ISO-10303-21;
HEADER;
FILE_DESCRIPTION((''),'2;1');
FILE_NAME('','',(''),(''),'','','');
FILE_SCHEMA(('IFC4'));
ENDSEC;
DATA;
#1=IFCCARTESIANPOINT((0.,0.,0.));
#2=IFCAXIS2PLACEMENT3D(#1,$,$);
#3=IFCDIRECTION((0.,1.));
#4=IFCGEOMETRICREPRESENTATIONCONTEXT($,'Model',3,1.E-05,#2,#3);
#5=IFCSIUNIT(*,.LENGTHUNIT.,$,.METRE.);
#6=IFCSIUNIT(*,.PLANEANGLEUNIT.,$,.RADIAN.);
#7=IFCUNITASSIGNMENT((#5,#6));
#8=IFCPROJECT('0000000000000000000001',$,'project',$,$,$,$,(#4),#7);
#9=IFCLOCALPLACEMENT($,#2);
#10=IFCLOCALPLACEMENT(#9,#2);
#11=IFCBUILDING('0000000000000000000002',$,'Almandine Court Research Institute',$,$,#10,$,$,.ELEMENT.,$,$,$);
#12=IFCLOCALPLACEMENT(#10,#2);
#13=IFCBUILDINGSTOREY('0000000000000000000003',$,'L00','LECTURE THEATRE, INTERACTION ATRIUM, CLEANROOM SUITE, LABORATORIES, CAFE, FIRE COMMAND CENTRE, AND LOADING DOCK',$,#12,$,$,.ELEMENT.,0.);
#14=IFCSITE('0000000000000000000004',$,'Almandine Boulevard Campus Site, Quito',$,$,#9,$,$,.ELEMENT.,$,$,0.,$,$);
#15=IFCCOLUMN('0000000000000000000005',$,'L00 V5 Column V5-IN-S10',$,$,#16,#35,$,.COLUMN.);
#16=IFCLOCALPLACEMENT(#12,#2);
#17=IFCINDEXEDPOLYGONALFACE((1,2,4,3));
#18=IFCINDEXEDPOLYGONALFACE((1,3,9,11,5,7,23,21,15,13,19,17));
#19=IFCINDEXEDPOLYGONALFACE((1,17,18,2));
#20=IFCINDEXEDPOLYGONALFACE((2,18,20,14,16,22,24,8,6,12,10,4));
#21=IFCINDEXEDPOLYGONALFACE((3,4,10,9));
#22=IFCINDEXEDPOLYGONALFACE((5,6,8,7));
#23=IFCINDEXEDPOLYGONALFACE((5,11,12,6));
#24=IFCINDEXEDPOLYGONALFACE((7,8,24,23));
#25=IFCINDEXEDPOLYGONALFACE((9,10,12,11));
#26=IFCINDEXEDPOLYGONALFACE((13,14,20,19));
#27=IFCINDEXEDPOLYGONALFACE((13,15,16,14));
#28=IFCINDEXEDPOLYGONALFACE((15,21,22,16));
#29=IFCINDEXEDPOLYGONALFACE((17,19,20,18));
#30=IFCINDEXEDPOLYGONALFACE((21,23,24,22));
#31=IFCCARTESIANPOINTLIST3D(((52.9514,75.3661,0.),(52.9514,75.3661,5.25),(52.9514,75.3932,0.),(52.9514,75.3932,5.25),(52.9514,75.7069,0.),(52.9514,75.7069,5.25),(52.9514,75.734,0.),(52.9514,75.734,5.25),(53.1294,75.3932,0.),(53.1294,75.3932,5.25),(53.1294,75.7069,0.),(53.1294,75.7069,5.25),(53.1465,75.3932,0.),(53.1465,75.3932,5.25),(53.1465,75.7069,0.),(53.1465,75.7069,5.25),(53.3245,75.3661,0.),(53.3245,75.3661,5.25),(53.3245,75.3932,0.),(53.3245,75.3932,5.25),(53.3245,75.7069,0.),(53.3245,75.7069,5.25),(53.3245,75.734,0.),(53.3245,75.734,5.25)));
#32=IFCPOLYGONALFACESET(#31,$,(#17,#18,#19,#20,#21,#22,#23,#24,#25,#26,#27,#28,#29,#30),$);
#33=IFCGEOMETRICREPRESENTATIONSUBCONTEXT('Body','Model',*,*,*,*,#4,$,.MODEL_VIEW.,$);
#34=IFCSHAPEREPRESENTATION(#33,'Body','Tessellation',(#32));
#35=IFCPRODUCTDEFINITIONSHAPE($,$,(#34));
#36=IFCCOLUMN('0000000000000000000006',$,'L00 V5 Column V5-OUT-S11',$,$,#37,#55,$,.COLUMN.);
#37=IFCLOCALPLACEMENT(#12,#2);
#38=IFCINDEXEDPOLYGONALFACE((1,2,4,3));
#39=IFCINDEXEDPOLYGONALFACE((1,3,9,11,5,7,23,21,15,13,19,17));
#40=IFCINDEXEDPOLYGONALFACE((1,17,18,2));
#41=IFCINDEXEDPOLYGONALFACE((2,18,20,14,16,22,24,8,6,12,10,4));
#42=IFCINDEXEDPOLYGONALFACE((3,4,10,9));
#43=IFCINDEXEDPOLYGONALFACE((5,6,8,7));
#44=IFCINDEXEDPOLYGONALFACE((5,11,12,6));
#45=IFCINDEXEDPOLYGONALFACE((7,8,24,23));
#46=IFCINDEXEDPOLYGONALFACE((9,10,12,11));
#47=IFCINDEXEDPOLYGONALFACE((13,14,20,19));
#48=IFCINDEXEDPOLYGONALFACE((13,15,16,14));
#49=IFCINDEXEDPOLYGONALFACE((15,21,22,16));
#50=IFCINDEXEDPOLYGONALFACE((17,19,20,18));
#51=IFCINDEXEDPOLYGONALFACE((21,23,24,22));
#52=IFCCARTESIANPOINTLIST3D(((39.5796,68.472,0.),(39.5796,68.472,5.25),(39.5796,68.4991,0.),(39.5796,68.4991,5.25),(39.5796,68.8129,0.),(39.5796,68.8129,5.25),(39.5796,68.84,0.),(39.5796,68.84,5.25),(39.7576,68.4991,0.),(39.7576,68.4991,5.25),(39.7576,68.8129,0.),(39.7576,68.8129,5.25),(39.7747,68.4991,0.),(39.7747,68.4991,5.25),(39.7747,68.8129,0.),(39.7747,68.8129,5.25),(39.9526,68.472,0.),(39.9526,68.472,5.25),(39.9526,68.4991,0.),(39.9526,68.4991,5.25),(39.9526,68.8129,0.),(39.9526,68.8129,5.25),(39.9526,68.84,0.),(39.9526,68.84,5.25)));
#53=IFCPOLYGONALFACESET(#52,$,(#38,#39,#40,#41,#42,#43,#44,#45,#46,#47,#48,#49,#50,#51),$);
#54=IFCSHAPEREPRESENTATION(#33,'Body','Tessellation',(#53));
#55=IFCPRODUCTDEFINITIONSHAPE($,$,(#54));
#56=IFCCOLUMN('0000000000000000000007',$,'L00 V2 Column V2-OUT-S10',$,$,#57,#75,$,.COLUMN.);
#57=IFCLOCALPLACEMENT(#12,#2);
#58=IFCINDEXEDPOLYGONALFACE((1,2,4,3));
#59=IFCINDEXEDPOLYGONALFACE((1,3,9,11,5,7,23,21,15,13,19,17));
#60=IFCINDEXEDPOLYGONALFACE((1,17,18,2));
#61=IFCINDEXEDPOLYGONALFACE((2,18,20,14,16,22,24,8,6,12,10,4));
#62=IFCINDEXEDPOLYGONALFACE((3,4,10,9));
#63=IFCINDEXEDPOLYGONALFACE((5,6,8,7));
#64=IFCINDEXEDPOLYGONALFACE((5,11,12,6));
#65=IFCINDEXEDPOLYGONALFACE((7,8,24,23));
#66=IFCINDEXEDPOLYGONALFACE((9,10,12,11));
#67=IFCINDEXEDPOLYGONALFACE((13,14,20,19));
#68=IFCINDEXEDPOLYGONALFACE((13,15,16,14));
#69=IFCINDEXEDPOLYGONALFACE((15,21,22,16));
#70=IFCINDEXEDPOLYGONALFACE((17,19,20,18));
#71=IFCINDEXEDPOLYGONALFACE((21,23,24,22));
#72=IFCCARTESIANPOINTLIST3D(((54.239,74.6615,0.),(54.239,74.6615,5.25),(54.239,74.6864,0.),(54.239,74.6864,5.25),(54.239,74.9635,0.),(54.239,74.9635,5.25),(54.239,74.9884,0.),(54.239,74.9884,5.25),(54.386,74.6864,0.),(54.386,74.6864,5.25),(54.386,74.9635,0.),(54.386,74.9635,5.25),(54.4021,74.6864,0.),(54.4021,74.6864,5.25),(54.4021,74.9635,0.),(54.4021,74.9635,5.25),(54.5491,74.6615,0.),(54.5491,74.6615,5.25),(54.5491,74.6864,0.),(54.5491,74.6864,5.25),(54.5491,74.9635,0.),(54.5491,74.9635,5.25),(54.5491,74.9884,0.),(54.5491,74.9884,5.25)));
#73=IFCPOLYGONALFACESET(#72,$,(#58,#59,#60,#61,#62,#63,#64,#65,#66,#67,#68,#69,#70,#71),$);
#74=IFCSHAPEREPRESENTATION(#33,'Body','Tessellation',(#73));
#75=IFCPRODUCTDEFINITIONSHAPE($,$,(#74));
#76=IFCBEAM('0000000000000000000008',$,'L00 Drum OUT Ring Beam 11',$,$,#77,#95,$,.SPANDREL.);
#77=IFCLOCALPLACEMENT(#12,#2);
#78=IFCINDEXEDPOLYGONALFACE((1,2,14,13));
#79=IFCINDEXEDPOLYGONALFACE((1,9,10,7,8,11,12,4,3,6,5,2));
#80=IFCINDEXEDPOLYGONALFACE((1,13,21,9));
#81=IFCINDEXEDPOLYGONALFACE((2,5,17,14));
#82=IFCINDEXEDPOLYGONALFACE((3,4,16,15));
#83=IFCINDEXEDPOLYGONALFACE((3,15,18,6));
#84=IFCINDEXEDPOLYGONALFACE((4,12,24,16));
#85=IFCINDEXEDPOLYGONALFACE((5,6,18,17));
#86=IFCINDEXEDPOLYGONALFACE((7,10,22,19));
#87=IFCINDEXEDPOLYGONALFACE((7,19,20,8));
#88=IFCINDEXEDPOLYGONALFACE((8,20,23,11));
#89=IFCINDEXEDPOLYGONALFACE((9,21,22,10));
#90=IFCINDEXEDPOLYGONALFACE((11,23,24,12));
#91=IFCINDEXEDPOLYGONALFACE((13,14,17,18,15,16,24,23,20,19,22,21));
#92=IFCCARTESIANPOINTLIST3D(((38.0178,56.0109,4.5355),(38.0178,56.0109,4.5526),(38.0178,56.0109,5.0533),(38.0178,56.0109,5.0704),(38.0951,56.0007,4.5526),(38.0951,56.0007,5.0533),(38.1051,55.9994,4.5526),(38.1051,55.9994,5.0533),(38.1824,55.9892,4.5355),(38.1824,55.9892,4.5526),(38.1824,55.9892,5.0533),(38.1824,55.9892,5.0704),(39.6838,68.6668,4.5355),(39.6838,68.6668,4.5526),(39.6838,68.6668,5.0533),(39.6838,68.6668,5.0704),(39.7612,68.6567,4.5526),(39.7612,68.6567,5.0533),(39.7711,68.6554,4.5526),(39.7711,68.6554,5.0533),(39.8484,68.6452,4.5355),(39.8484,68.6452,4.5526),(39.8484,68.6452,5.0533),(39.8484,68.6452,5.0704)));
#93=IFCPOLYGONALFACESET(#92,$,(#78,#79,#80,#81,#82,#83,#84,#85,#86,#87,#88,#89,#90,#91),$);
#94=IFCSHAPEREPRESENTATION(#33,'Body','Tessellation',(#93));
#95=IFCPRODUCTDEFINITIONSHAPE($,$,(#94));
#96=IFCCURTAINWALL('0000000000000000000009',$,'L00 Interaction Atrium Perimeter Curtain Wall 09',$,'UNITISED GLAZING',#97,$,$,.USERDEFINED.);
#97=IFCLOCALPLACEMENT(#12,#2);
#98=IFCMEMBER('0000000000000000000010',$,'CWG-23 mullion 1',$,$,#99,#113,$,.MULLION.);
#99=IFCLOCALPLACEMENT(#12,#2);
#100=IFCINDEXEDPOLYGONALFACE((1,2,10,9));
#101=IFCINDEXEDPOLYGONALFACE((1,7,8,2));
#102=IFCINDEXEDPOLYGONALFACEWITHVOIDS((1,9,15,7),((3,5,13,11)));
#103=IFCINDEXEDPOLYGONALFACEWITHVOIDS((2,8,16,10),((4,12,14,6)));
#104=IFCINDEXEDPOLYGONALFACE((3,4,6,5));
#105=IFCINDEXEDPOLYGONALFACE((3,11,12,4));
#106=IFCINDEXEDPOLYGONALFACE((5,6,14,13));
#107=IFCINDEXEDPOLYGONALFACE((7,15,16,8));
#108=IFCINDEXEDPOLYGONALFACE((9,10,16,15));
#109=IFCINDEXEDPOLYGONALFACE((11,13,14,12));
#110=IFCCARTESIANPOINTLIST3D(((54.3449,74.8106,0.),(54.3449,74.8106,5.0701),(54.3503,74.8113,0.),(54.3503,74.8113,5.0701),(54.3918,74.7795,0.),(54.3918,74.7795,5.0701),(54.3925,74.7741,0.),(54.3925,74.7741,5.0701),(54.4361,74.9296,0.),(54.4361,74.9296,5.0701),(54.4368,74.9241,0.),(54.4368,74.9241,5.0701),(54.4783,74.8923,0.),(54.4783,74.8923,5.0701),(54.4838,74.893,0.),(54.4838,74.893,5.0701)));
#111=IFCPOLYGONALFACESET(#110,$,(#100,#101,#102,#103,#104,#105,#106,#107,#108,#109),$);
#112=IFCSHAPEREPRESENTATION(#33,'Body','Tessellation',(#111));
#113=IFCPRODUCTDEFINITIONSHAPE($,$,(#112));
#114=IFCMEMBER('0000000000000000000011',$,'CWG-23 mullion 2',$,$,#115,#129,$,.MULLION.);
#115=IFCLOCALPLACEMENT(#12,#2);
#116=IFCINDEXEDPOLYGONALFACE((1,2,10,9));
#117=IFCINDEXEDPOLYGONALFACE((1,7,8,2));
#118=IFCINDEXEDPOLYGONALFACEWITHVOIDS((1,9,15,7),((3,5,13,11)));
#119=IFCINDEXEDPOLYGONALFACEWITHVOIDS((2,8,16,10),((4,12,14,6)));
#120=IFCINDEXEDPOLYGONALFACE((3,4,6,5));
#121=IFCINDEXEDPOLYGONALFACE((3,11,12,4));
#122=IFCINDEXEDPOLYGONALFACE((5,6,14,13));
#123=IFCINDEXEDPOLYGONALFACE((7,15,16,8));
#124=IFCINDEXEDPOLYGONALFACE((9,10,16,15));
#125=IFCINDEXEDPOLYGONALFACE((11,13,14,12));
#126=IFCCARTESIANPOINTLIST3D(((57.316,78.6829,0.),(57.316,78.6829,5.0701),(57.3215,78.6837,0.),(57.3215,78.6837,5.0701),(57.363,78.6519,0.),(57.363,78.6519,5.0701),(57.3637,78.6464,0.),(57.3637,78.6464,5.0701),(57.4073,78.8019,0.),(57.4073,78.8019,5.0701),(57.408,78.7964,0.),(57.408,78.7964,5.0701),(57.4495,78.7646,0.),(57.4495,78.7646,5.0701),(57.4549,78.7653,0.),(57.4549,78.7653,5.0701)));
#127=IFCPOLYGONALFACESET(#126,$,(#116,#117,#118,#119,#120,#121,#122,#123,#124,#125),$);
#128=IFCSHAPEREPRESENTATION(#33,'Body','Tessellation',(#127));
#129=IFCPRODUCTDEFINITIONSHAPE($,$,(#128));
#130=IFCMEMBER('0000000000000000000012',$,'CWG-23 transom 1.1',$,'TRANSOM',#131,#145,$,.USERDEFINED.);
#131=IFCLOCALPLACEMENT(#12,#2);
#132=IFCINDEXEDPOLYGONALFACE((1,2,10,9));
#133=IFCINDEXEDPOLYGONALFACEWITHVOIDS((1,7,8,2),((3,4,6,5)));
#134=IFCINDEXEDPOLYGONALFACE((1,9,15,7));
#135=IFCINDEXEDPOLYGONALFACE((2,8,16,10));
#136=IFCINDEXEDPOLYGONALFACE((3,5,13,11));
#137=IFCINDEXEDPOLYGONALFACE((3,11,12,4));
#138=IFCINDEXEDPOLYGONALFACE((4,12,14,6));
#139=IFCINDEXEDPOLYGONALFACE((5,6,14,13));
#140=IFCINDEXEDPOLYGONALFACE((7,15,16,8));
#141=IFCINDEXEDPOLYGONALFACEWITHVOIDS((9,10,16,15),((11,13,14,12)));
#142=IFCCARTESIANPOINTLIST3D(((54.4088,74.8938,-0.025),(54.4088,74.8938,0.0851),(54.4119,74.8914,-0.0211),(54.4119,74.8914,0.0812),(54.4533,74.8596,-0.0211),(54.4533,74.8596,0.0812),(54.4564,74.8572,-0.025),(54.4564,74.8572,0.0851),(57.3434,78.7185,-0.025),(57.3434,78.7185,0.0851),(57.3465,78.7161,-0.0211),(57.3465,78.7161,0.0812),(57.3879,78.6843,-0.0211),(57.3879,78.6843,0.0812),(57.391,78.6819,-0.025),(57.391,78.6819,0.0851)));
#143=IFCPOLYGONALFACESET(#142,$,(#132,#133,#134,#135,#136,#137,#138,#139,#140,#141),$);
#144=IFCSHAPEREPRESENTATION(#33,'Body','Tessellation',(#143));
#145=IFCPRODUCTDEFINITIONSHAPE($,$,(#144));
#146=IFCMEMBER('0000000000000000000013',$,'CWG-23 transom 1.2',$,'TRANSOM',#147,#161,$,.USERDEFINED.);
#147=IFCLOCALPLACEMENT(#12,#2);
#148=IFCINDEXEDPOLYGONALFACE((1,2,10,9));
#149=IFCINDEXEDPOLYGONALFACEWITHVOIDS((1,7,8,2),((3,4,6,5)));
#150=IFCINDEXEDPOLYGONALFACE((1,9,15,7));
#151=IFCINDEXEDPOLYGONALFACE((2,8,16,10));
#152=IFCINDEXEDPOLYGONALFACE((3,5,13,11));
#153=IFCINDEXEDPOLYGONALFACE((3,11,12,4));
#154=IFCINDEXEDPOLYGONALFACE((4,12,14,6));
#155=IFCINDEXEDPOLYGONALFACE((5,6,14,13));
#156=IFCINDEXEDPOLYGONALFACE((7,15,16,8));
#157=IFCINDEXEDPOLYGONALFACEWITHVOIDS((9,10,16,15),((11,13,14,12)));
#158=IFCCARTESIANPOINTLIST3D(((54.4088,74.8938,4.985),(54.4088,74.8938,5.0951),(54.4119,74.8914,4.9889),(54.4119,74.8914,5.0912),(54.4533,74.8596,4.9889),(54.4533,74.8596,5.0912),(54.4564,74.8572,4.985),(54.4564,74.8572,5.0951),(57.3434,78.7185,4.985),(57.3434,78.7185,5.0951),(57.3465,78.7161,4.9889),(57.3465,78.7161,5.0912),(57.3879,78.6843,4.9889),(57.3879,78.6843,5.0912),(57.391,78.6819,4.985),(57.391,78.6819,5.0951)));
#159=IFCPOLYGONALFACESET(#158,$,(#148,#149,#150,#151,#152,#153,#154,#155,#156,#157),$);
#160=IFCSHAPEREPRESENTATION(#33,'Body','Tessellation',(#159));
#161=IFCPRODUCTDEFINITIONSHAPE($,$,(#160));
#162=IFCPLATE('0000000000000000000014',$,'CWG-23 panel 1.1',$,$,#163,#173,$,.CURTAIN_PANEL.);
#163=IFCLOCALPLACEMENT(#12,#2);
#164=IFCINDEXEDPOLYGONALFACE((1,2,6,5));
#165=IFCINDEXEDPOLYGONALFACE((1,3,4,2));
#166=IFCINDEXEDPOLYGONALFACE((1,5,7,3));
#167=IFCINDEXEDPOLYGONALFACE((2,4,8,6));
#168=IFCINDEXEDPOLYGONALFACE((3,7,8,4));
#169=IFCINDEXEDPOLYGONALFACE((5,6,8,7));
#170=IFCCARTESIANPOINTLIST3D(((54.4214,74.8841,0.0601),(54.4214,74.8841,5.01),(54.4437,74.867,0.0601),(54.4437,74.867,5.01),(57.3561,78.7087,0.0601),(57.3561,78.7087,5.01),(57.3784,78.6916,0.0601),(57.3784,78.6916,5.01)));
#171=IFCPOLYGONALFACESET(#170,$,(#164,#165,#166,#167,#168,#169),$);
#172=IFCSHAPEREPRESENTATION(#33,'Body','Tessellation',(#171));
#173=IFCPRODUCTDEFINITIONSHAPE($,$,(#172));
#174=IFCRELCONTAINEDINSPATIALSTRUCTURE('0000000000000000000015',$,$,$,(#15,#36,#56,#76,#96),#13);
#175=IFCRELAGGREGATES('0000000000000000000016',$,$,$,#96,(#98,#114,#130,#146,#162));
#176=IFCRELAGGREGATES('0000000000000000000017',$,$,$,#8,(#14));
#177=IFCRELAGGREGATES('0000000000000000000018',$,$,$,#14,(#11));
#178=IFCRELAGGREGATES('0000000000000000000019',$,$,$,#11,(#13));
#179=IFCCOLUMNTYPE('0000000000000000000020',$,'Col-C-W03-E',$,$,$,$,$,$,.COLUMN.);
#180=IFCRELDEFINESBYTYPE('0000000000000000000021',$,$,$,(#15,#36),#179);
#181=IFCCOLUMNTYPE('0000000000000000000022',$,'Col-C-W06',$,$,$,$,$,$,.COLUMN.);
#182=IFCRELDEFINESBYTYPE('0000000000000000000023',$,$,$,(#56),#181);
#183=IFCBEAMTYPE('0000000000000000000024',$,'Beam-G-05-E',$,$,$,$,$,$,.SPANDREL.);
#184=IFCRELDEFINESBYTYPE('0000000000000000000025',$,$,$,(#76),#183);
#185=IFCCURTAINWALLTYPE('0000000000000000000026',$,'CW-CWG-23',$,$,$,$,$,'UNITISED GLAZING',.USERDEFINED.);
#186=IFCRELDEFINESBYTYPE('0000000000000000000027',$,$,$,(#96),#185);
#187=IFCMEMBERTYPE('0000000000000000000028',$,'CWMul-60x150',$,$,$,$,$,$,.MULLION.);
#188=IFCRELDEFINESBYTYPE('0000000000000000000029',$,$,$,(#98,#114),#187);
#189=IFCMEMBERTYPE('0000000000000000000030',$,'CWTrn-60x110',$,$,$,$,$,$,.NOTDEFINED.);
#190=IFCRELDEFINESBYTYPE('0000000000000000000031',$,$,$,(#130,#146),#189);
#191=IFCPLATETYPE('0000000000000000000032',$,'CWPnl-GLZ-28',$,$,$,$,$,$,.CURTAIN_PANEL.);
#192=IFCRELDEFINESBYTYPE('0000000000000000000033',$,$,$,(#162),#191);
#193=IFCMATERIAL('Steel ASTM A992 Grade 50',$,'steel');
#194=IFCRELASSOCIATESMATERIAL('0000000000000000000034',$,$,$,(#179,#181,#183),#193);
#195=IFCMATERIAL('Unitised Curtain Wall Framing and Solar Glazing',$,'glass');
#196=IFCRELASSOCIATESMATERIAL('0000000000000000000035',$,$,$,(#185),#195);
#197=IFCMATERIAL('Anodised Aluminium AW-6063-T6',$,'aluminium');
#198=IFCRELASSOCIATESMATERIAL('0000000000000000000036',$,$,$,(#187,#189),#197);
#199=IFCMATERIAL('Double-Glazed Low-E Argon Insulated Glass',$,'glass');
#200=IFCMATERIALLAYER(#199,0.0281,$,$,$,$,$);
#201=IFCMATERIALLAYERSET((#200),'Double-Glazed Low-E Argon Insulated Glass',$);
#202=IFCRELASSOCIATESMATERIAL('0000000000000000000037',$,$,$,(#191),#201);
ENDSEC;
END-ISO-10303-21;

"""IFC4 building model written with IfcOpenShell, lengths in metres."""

from ifc_helpers import new_model, si_unit, direction, frame, origin, origin_2d, place, context, subcontext, project, spatial, rectangle, hollow_rectangle, i_section, extrude, material, layer, layer_set, material_profile, profile_set, type_object, element, aggregate, save


model = new_model("IFC4")

# Units and contexts
model_context = context("Model", 3, precision=1e-05, world=origin(), true_north=direction((0.0, 1.0)))
body_context = subcontext(model_context, "Body", "Model", "MODEL_VIEW")
ifc_project = project(units=[si_unit("LENGTHUNIT", "METRE"), si_unit("PLANEANGLEUNIT", "RADIAN")], contexts=[model_context])

# Site, building, storey
site_placement = place(None, origin())
site = spatial("IfcSite", under=ifc_project, at=site_placement, Name="Almandine Boulevard Campus Site, Quito", CompositionType="ELEMENT", RefElevation=0.0)
building_placement = place(site_placement, origin())
building = spatial("IfcBuilding", under=site, at=building_placement, Name="Almandine Court Research Institute", CompositionType="ELEMENT")
storey_placement = place(building_placement, origin())
storey = spatial("IfcBuildingStorey", under=building, at=storey_placement, Name="L00", Description="LECTURE THEATRE, INTERACTION ATRIUM, CLEANROOM SUITE, LABORATORIES, CAFE, FIRE COMMAND CENTRE, AND LOADING DOCK", CompositionType="ELEMENT", Elevation=0.0)

# Columns
ifc_material_1 = material(Name="Steel ASTM A992 Grade 50", Category="steel")
ifc_material_profile_1 = material_profile(ifc_material_1, i_section(OverallWidth=0.373, OverallDepth=0.3679, WebThickness=0.0171, FlangeThickness=0.0271, at=origin_2d()), Name="W360x179")
ifc_profile_set_1 = profile_set([ifc_material_profile_1], Name="Steel ASTM A992 Grade 50")
column_type_1 = type_object("IfcColumnType", Name="Col-C-W03-E", PredefinedType="COLUMN", material=ifc_profile_set_1)
for number, where, z_axis, x_axis, name in (
    (1, (53.1379, 75.55, 0.0), (0.0, 0.0, 1.0), (1.0, 0.0, 0.0), "L00 V5 Column V5-IN-S10"),
    (2, (39.7661, 68.656, 0.0), (0.0, 0.0, 1.0), (1.0, 0.0, 0.0), "L00 V5 Column V5-OUT-S11"),
):
    element("IfcColumn", number, at=place(storey_placement, frame(where, z_axis=z_axis, x_axis=x_axis)), inside=storey, type_object=column_type_1, Name=name, PredefinedType="COLUMN", context=body_context, shape_type="SweptSolid", body=[
        extrude(i_section(OverallWidth=0.373, OverallDepth=0.3679, WebThickness=0.0171, FlangeThickness=0.0271, at=origin_2d()), origin(), (0.0, 0.0, 1.0), 5.25),
    ])
ifc_material_profile_2 = material_profile(ifc_material_1, i_section(OverallWidth=0.3101, OverallDepth=0.3269, WebThickness=0.0161, FlangeThickness=0.0249, at=origin_2d()), Name="W310x158")
ifc_profile_set_2 = profile_set([ifc_material_profile_2], Name="Steel ASTM A992 Grade 50")
column_type_2 = type_object("IfcColumnType", Name="Col-C-W06", PredefinedType="COLUMN", material=ifc_profile_set_2)
column_placement = place(storey_placement, frame((54.394, 74.825, 0.0), z_axis=(0.0, 0.0, 1.0), x_axis=(1.0, 0.0, 0.0)))
element("IfcColumn", 3, at=column_placement, inside=storey, type_object=column_type_2, Name="L00 V2 Column V2-OUT-S10", PredefinedType="COLUMN", context=body_context, shape_type="SweptSolid", body=[
    extrude(i_section(OverallWidth=0.3101, OverallDepth=0.3269, WebThickness=0.0161, FlangeThickness=0.0249, at=origin_2d()), origin(), (0.0, 0.0, 1.0), 5.25),
])

# Beam
ifc_material_profile_3 = material_profile(ifc_material_1, i_section(OverallWidth=0.166, OverallDepth=0.5349, WebThickness=0.01, FlangeThickness=0.0171, at=origin_2d()), Name="W530x85")
ifc_profile_set_3 = profile_set([ifc_material_profile_3], Name="Steel ASTM A992 Grade 50")
beam_type = type_object("IfcBeamType", Name="Beam-G-05-E", PredefinedType="SPANDREL", material=ifc_profile_set_3)
beam_placement = place(storey_placement, frame((39.7661, 68.656, 4.803), z_axis=(-0.130512, -0.991447, 0.0), x_axis=(0.991447, -0.130512, 0.0)))
element("IfcBeam", 4, at=beam_placement, inside=storey, type_object=beam_type, Name="L00 Drum OUT Ring Beam 11", PredefinedType="SPANDREL", context=body_context, shape_type="SweptSolid", body=[
    extrude(i_section(OverallWidth=0.166, OverallDepth=0.5349, WebThickness=0.01, FlangeThickness=0.0171, at=origin_2d()), origin(), (0.0, 0.0, 1.0), 12.7651),
])

# Curtain wall, members, plate
ifc_material_2 = material(Name="Unitised Curtain Wall Framing and Solar Glazing", Category="glass")
curtain_wall_type = type_object("IfcCurtainWallType", Name="CW-CWG-23", ElementType="UNITISED GLAZING", PredefinedType="USERDEFINED", material=ifc_material_2)
curtain_wall_placement = place(storey_placement, origin())
curtain_wall = element("IfcCurtainWall", 5, at=curtain_wall_placement, inside=storey, type_object=curtain_wall_type, Name="L00 Interaction Atrium Perimeter Curtain Wall 09", ObjectType="UNITISED GLAZING", PredefinedType="USERDEFINED")
ifc_material_3 = material(Name="Anodised Aluminium AW-6063-T6", Category="aluminium")
ifc_material_profile_4 = material_profile(ifc_material_3, hollow_rectangle(XDim=0.0601, YDim=0.1499, WallThickness=0.0039, at=origin_2d()), Name="ALU RHS 60x150x4")
ifc_profile_set_4 = profile_set([ifc_material_profile_4], Name="Anodised Aluminium AW-6063-T6")
member_type_1 = type_object("IfcMemberType", Name="CWMul-60x150", PredefinedType="MULLION", material=ifc_profile_set_4)
member_1_placement = place(storey_placement, frame((54.4143, 74.8518, 0.0), z_axis=(0.0, 0.0, 1.0), x_axis=(-0.793354, 0.608761, 0.0)))
member_1 = element("IfcMember", 6, at=member_1_placement, type_object=member_type_1, Name="CWG-23 mullion 1", PredefinedType="MULLION", context=body_context, shape_type="SweptSolid", body=[
    extrude(hollow_rectangle(XDim=0.0601, YDim=0.1499, WallThickness=0.0039, at=origin_2d()), origin(), (0.0, 0.0, 1.0), 5.0701),
])
member_2_placement = place(storey_placement, frame((57.3855, 78.7241, 0.0), z_axis=(0.0, 0.0, 1.0), x_axis=(-0.793354, 0.608761, 0.0)))
member_2 = element("IfcMember", 7, at=member_2_placement, type_object=member_type_1, Name="CWG-23 mullion 2", PredefinedType="MULLION", context=body_context, shape_type="SweptSolid", body=[
    extrude(hollow_rectangle(XDim=0.0601, YDim=0.1499, WallThickness=0.0039, at=origin_2d()), origin(), (0.0, 0.0, 1.0), 5.0701),
])
ifc_material_profile_5 = material_profile(ifc_material_3, hollow_rectangle(XDim=0.0601, YDim=0.1101, WallThickness=0.0039, at=origin_2d()), Name="ALU RHS 60x110x4")
ifc_profile_set_5 = profile_set([ifc_material_profile_5], Name="Anodised Aluminium AW-6063-T6")
member_type_2 = type_object("IfcMemberType", Name="CWTrn-60x110", PredefinedType="NOTDEFINED", material=ifc_profile_set_5)
member_3_placement = place(storey_placement, frame((54.4326, 74.8755, 0.03), z_axis=(0.608731, 0.793376, 0.0), x_axis=(-0.793376, 0.608731, 0.0)))
member_3 = element("IfcMember", 8, at=member_3_placement, type_object=member_type_2, Name="CWG-23 transom 1.1", ObjectType="TRANSOM", PredefinedType="USERDEFINED", context=body_context, shape_type="SweptSolid", body=[
    extrude(hollow_rectangle(XDim=0.0601, YDim=0.1101, WallThickness=0.0039, at=origin_2d()), origin(), (0.0, 0.0, 1.0), 4.8208),
])
member_4_placement = place(storey_placement, frame((54.4326, 74.8755, 5.04), z_axis=(0.608731, 0.793376, 0.0), x_axis=(-0.793376, 0.608731, 0.0)))
member_4 = element("IfcMember", 9, at=member_4_placement, type_object=member_type_2, Name="CWG-23 transom 1.2", ObjectType="TRANSOM", PredefinedType="USERDEFINED", context=body_context, shape_type="SweptSolid", body=[
    extrude(hollow_rectangle(XDim=0.0601, YDim=0.1101, WallThickness=0.0039, at=origin_2d()), origin(), (0.0, 0.0, 1.0), 4.8208),
])
ifc_material_4 = material(Name="Double-Glazed Low-E Argon Insulated Glass", Category="glass")
ifc_layer_1 = layer(ifc_material_4, 0.0281)
ifc_layer_set_1 = layer_set([ifc_layer_1], Name="Double-Glazed Low-E Argon Insulated Glass")
plate_type = type_object("IfcPlateType", Name="CWPnl-GLZ-28", PredefinedType="CURTAIN_PANEL", material=ifc_layer_set_1)
plate_placement = place(storey_placement, frame((55.8999, 76.7878, 0.0601), z_axis=(0.0, 0.0, 1.0), x_axis=(0.608761, 0.793354, 0.0)))
plate = element("IfcPlate", 10, at=plate_placement, type_object=plate_type, Name="CWG-23 panel 1.1", PredefinedType="CURTAIN_PANEL", context=body_context, shape_type="SweptSolid", body=[
    extrude(rectangle(XDim=4.8208, YDim=0.0281, at=origin_2d()), origin(), (0.0, 0.0, 1.0), 4.95),
])
aggregate(curtain_wall, [member_1, member_2, member_3, member_4, plate])

save(model, "model.ifc")
